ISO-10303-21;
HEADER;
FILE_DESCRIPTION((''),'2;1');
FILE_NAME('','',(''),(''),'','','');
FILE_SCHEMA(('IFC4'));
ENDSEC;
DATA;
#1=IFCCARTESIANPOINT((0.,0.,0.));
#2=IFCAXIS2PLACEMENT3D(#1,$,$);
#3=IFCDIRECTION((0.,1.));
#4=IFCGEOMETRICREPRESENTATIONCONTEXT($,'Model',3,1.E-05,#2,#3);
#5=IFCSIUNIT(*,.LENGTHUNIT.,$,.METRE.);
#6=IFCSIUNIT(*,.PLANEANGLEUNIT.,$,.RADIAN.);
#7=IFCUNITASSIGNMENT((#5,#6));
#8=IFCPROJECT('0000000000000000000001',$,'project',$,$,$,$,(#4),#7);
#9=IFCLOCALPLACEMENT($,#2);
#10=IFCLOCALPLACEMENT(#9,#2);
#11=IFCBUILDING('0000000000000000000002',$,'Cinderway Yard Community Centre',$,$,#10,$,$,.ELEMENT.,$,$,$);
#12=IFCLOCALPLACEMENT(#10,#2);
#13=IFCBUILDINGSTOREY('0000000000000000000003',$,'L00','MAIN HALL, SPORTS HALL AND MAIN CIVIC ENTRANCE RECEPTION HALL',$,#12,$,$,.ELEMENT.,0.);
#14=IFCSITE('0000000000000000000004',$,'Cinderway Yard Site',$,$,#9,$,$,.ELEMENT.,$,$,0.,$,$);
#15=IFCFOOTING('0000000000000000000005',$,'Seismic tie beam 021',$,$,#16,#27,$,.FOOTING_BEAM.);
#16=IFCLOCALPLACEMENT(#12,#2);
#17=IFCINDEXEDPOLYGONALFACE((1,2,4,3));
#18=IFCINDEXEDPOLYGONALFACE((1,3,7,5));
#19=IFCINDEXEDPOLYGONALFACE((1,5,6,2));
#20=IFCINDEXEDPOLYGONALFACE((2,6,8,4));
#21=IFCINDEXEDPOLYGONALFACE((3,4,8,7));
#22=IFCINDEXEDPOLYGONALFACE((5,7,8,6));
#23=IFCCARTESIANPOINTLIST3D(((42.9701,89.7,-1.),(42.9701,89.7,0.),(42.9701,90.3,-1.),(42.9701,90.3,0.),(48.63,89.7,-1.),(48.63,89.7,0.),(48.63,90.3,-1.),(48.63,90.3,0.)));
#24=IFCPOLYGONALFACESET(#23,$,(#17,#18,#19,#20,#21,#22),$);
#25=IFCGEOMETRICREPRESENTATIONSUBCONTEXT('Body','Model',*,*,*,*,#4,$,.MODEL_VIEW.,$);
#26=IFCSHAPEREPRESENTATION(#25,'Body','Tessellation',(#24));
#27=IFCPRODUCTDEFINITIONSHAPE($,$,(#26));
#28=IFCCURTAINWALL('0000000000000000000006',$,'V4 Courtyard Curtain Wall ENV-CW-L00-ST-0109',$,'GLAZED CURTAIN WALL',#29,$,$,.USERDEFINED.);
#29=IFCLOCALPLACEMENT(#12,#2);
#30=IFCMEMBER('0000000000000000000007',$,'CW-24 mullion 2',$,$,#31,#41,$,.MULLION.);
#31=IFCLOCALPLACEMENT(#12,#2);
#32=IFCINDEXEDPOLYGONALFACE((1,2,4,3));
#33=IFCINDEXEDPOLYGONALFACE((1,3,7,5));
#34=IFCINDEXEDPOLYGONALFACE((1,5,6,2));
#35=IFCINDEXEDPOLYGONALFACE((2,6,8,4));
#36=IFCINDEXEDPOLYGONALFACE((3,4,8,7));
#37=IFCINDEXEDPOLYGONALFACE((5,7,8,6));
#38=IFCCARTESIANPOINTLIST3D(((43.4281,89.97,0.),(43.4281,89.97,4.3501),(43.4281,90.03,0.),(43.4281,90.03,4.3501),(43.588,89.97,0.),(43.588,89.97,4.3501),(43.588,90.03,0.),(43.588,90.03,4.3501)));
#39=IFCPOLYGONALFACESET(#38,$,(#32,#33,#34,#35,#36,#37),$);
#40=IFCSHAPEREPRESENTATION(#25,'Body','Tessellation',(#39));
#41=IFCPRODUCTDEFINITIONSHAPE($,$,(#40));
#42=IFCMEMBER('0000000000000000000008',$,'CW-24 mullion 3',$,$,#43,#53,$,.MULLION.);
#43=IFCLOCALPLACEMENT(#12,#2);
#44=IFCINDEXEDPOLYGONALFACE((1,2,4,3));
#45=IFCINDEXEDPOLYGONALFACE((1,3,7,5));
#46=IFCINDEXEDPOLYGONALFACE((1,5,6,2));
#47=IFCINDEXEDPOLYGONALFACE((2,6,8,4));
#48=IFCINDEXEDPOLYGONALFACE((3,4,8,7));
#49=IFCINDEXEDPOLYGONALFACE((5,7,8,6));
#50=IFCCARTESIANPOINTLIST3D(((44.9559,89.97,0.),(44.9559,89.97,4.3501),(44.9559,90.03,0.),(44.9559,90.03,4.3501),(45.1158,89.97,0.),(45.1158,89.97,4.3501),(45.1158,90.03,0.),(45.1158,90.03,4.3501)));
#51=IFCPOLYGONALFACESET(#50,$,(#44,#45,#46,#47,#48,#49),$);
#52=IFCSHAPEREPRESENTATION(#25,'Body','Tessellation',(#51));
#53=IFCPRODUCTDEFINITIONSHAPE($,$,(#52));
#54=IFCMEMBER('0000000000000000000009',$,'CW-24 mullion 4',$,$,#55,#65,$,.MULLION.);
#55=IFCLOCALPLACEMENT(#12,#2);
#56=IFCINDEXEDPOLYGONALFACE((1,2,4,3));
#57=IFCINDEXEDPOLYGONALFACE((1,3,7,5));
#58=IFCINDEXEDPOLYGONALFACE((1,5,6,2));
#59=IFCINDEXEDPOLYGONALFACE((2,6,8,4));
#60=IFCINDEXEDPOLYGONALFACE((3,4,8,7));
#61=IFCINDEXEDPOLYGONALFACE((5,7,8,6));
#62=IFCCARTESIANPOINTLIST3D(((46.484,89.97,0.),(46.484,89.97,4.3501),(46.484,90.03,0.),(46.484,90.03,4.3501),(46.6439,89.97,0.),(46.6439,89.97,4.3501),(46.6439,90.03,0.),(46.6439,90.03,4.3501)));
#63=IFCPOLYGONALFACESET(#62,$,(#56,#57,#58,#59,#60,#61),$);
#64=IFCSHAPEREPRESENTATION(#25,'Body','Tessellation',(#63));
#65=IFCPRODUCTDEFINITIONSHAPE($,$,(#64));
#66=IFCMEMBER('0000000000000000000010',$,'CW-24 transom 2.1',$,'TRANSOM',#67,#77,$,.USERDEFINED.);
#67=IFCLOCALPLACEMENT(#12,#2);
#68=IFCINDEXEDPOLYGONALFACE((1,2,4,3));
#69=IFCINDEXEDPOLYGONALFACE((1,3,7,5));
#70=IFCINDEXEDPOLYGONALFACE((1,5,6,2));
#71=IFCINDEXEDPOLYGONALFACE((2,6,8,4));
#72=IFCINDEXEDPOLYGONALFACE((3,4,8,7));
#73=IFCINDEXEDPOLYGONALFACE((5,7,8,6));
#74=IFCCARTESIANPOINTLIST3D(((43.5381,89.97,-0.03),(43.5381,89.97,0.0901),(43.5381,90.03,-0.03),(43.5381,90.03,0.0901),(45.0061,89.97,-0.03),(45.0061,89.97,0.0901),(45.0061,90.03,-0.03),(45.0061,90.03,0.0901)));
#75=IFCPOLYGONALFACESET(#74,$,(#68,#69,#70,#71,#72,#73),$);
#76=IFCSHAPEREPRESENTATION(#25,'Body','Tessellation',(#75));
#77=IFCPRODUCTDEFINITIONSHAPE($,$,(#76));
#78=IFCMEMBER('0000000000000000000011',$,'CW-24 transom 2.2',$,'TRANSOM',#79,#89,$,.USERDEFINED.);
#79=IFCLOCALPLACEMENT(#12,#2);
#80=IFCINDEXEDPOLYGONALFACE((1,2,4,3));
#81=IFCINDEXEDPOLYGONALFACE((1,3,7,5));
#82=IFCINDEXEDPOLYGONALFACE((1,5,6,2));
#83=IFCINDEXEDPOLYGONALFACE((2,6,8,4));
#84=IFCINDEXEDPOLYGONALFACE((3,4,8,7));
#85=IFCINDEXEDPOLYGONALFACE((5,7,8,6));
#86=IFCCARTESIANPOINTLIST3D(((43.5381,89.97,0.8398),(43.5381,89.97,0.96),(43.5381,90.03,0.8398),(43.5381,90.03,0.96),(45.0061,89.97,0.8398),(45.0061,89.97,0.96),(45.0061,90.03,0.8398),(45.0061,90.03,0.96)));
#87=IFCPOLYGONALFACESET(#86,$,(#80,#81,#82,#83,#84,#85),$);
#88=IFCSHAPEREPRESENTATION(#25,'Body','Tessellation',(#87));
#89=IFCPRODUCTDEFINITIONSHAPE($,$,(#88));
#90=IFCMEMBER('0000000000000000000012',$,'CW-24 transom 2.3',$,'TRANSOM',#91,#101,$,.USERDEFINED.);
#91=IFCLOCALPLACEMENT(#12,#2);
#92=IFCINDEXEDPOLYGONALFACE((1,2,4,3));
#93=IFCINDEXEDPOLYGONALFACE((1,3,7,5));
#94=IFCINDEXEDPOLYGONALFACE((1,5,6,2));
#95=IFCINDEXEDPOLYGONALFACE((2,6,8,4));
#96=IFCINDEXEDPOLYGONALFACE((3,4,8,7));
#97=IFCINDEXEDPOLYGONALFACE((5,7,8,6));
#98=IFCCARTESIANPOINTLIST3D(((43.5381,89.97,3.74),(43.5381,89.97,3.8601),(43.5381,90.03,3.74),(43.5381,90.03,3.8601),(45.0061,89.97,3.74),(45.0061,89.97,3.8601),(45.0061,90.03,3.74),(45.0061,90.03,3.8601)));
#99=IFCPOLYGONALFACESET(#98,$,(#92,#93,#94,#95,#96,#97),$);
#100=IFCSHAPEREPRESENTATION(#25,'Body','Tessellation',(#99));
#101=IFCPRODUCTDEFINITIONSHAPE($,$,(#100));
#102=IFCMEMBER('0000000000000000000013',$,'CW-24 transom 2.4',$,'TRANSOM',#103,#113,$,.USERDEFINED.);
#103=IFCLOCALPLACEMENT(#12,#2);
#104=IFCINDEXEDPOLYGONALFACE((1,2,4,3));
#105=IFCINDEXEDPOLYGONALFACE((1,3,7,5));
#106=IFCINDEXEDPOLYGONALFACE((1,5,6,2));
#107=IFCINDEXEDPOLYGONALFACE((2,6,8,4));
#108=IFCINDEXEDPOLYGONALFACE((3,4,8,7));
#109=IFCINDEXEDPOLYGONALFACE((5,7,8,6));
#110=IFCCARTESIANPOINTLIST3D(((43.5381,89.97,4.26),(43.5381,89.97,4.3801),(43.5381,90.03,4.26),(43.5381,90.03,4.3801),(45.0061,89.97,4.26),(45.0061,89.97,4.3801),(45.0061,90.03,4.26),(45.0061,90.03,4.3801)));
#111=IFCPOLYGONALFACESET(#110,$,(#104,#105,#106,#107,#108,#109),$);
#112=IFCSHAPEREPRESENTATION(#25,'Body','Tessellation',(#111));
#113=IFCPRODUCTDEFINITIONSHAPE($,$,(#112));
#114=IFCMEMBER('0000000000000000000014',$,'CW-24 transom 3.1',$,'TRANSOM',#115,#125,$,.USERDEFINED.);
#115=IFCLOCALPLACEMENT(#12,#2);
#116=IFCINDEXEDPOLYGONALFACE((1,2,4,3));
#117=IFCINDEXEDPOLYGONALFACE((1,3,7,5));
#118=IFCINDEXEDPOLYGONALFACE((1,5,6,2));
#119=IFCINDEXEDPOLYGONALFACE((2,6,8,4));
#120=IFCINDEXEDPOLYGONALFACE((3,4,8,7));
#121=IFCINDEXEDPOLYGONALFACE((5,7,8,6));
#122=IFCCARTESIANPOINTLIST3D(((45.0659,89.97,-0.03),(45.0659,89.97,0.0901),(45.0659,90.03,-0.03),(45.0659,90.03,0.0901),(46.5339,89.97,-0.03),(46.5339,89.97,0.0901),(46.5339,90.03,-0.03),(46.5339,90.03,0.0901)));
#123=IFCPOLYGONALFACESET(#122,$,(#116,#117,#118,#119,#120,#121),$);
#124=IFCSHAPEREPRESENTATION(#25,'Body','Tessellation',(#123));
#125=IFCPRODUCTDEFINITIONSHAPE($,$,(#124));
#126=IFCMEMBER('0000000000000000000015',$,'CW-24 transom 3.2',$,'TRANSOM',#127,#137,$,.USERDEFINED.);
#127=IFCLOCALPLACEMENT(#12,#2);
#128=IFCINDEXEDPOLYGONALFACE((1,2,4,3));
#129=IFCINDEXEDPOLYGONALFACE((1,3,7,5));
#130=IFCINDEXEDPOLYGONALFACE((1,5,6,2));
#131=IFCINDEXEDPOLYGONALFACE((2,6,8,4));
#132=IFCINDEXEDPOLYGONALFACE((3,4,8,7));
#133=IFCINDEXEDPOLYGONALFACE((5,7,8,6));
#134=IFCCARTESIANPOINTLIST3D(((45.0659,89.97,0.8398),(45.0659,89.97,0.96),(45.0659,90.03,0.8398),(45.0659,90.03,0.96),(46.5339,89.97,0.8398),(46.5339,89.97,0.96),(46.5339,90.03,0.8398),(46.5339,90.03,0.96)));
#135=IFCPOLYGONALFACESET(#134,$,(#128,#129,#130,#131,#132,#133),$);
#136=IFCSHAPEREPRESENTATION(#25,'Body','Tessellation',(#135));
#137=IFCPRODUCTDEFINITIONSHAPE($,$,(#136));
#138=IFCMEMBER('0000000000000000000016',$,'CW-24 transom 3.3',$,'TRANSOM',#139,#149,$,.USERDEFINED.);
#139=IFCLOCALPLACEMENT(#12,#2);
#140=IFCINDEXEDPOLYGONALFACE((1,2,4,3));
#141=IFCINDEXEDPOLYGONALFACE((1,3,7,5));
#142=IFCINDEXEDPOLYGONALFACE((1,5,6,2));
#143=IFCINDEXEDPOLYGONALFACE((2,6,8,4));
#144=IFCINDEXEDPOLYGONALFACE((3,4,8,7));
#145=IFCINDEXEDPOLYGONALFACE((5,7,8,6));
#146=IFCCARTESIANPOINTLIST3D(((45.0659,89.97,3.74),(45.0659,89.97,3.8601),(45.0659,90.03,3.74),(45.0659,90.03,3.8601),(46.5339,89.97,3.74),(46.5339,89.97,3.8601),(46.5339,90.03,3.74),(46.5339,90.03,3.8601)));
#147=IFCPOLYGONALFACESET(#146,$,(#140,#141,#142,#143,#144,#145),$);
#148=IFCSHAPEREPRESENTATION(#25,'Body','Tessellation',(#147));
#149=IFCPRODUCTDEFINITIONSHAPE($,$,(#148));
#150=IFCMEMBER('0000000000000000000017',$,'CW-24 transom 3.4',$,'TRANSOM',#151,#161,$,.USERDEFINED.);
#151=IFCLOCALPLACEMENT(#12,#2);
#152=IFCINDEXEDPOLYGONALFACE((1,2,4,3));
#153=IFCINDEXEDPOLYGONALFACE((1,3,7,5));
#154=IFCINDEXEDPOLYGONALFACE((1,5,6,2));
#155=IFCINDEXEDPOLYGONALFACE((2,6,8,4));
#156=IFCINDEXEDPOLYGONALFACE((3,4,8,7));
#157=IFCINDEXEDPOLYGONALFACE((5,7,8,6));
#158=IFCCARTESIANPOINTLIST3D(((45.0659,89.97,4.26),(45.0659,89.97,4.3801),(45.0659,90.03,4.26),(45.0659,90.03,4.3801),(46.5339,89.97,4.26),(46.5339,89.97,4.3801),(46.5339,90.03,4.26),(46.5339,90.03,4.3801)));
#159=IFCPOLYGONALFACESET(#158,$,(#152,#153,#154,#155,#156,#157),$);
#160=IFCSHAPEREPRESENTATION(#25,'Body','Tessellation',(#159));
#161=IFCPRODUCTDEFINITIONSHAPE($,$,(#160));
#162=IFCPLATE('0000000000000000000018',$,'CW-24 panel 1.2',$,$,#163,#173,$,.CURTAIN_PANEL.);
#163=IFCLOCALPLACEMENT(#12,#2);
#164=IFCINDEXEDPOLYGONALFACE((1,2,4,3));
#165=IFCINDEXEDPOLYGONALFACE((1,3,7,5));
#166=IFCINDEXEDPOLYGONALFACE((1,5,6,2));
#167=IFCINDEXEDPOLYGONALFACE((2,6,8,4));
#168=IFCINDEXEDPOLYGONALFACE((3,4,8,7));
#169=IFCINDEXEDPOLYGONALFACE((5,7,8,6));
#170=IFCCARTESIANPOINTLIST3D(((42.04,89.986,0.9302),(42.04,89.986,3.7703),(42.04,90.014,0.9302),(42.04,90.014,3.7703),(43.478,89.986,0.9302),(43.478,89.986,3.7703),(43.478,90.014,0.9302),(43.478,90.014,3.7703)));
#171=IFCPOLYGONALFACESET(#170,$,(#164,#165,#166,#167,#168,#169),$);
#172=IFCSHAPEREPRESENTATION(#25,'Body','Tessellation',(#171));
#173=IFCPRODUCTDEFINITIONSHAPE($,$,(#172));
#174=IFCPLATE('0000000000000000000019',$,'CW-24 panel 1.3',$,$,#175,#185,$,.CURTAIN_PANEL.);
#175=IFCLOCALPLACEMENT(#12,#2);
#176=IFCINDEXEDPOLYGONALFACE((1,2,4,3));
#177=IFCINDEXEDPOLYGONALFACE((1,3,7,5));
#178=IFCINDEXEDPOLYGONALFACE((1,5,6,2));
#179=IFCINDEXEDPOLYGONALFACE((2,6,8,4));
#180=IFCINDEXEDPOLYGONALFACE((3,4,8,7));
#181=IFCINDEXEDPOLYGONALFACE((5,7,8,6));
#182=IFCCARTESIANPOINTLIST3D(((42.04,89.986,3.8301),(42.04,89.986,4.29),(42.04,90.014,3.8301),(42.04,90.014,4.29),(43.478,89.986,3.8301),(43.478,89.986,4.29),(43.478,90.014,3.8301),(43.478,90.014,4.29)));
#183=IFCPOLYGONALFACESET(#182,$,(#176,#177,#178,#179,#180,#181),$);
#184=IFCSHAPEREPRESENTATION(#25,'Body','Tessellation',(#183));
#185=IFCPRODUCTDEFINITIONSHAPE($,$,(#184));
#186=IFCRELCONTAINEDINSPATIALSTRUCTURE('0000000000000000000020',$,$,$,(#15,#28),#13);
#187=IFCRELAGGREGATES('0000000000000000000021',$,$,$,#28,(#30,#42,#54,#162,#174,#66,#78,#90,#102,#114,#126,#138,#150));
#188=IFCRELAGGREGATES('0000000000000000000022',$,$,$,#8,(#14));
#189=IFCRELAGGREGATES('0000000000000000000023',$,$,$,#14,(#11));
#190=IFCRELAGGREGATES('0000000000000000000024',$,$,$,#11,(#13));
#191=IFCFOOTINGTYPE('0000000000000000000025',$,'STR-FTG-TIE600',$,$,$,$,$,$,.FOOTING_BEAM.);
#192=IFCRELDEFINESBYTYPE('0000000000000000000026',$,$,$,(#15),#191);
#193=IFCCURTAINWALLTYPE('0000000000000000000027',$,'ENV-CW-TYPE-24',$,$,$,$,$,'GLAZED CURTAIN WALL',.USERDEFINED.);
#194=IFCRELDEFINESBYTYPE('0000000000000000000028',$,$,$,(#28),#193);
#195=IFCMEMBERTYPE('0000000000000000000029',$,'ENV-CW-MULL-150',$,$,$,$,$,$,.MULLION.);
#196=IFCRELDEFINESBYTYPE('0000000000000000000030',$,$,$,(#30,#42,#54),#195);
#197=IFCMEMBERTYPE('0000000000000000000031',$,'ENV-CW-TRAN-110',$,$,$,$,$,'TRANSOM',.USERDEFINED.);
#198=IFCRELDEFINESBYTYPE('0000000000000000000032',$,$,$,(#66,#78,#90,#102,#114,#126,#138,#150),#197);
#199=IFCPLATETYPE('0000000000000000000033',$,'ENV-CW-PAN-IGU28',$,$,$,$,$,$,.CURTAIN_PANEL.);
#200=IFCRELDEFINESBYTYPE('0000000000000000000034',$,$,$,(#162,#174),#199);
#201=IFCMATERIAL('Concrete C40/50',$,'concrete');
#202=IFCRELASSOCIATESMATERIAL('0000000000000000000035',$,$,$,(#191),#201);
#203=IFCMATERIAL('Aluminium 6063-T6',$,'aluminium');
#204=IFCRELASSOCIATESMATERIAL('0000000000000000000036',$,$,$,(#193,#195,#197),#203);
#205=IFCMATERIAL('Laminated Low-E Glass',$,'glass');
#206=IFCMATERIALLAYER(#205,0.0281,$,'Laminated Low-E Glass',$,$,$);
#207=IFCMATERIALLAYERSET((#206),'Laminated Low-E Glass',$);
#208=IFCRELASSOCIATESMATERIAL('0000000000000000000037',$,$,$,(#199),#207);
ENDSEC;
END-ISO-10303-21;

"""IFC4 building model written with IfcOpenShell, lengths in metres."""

from ifc_helpers import new_model, si_unit, direction, frame, origin, origin_2d, place, context, subcontext, project, spatial, rectangle, extrude, material, layer, layer_set, material_profile, profile_set, type_object, element, aggregate, save


model = new_model("IFC4")

# Units and contexts
model_context = context("Model", 3, precision=1e-05, world=origin(), true_north=direction((0.0, 1.0)))
body_context = subcontext(model_context, "Body", "Model", "MODEL_VIEW")
ifc_project = project(units=[si_unit("LENGTHUNIT", "METRE"), si_unit("PLANEANGLEUNIT", "RADIAN")], contexts=[model_context])

# Site, building, storey
site_placement = place(None, origin())
site = spatial("IfcSite", under=ifc_project, at=site_placement, Name="Cinderway Yard Site", CompositionType="ELEMENT", RefElevation=0.0)
building_placement = place(site_placement, origin())
building = spatial("IfcBuilding", under=site, at=building_placement, Name="Cinderway Yard Community Centre", CompositionType="ELEMENT")
storey_placement = place(building_placement, origin())
storey = spatial("IfcBuildingStorey", under=building, at=storey_placement, Name="L00", Description="MAIN HALL, SPORTS HALL AND MAIN CIVIC ENTRANCE RECEPTION HALL", CompositionType="ELEMENT", Elevation=0.0)

# Footing
ifc_material_1 = material(Name="Concrete C40/50", Category="concrete")
footing_type = type_object("IfcFootingType", Name="STR-FTG-TIE600", PredefinedType="FOOTING_BEAM", material=ifc_material_1)
footing_placement = place(storey_placement, frame((45.8, 90.0, -1.0), z_axis=(0.0, 0.0, 1.0), x_axis=(1.0, 0.0, 0.0)))
element("IfcFooting", 1, at=footing_placement, inside=storey, type_object=footing_type, Name="Seismic tie beam 021", PredefinedType="FOOTING_BEAM", context=body_context, shape_type="SweptSolid", body=[
    extrude(rectangle(XDim=5.6599, YDim=0.6001, at=origin_2d()), origin(), (0.0, 0.0, 1.0), 1.0),
])

# Curtain wall, members, plates
ifc_material_2 = material(Name="Aluminium 6063-T6", Category="aluminium")
curtain_wall_type = type_object("IfcCurtainWallType", Name="ENV-CW-TYPE-24", ElementType="GLAZED CURTAIN WALL", PredefinedType="USERDEFINED", material=ifc_material_2)
curtain_wall_placement = place(storey_placement, origin())
curtain_wall = element("IfcCurtainWall", 2, at=curtain_wall_placement, inside=storey, type_object=curtain_wall_type, Name="V4 Courtyard Curtain Wall ENV-CW-L00-ST-0109", ObjectType="GLAZED CURTAIN WALL", PredefinedType="USERDEFINED")
ifc_material_profile_1 = material_profile(ifc_material_2, rectangle(XDim=0.0601, YDim=0.1599, at=origin_2d()), Name="Aluminium 6063-T6")
ifc_profile_set_1 = profile_set([ifc_material_profile_1], Name="Aluminium 6063-T6")
member_type_1 = type_object("IfcMemberType", Name="ENV-CW-MULL-150", PredefinedType="MULLION", material=ifc_profile_set_1)
member_1_placement = place(storey_placement, frame((43.5081, 90.0, 0.0), z_axis=(0.0, 0.0, 1.0), x_axis=(0.0, 1.0, 0.0)))
member_1 = element("IfcMember", 3, at=member_1_placement, type_object=member_type_1, Name="CW-24 mullion 2", PredefinedType="MULLION", context=body_context, shape_type="SweptSolid", body=[
    extrude(rectangle(XDim=0.0601, YDim=0.1599, at=origin_2d()), origin(), (0.0, 0.0, 1.0), 4.3501),
])
member_2_placement = place(storey_placement, frame((45.0359, 90.0, 0.0), z_axis=(0.0, 0.0, 1.0), x_axis=(0.0, 1.0, 0.0)))
member_2 = element("IfcMember", 4, at=member_2_placement, type_object=member_type_1, Name="CW-24 mullion 3", PredefinedType="MULLION", context=body_context, shape_type="SweptSolid", body=[
    extrude(rectangle(XDim=0.0601, YDim=0.1599, at=origin_2d()), origin(), (0.0, 0.0, 1.0), 4.3501),
])
member_3_placement = place(storey_placement, frame((46.564, 90.0, 0.0), z_axis=(0.0, 0.0, 1.0), x_axis=(0.0, 1.0, 0.0)))
member_3 = element("IfcMember", 5, at=member_3_placement, type_object=member_type_1, Name="CW-24 mullion 4", PredefinedType="MULLION", context=body_context, shape_type="SweptSolid", body=[
    extrude(rectangle(XDim=0.0601, YDim=0.1599, at=origin_2d()), origin(), (0.0, 0.0, 1.0), 4.3501),
])
ifc_material_profile_2 = material_profile(ifc_material_2, rectangle(XDim=0.0601, YDim=0.1201, at=origin_2d()), Name="Aluminium 6063-T6")
ifc_profile_set_2 = profile_set([ifc_material_profile_2], Name="Aluminium 6063-T6")
member_type_2 = type_object("IfcMemberType", Name="ENV-CW-TRAN-110", ElementType="TRANSOM", PredefinedType="USERDEFINED", material=ifc_profile_set_2)
member_4_placement = place(storey_placement, frame((43.5381, 90.0, 0.03), z_axis=(1.0, 0.0, 0.0), x_axis=(0.0, 1.0, 0.0)))
member_4 = element("IfcMember", 6, at=member_4_placement, type_object=member_type_2, Name="CW-24 transom 2.1", ObjectType="TRANSOM", PredefinedType="USERDEFINED", context=body_context, shape_type="SweptSolid", body=[
    extrude(rectangle(XDim=0.0601, YDim=0.1201, at=origin_2d()), origin(), (0.0, 0.0, 1.0), 1.468),
])
member_5_placement = place(storey_placement, frame((43.5381, 90.0, 0.8999), z_axis=(1.0, 0.0, 0.0), x_axis=(0.0, 1.0, 0.0)))
member_5 = element("IfcMember", 7, at=member_5_placement, type_object=member_type_2, Name="CW-24 transom 2.2", ObjectType="TRANSOM", PredefinedType="USERDEFINED", context=body_context, shape_type="SweptSolid", body=[
    extrude(rectangle(XDim=0.0601, YDim=0.1201, at=origin_2d()), origin(), (0.0, 0.0, 1.0), 1.468),
])
member_6_placement = place(storey_placement, frame((43.5381, 90.0, 3.8), z_axis=(1.0, 0.0, 0.0), x_axis=(0.0, 1.0, 0.0)))
member_6 = element("IfcMember", 8, at=member_6_placement, type_object=member_type_2, Name="CW-24 transom 2.3", ObjectType="TRANSOM", PredefinedType="USERDEFINED", context=body_context, shape_type="SweptSolid", body=[
    extrude(rectangle(XDim=0.0601, YDim=0.1201, at=origin_2d()), origin(), (0.0, 0.0, 1.0), 1.468),
])
member_7_placement = place(storey_placement, frame((43.5381, 90.0, 4.3201), z_axis=(1.0, 0.0, 0.0), x_axis=(0.0, 1.0, 0.0)))
member_7 = element("IfcMember", 9, at=member_7_placement, type_object=member_type_2, Name="CW-24 transom 2.4", ObjectType="TRANSOM", PredefinedType="USERDEFINED", context=body_context, shape_type="SweptSolid", body=[
    extrude(rectangle(XDim=0.0601, YDim=0.1201, at=origin_2d()), origin(), (0.0, 0.0, 1.0), 1.468),
])
member_8_placement = place(storey_placement, frame((45.0659, 90.0, 0.03), z_axis=(1.0, 0.0, 0.0), x_axis=(0.0, 1.0, 0.0)))
member_8 = element("IfcMember", 10, at=member_8_placement, type_object=member_type_2, Name="CW-24 transom 3.1", ObjectType="TRANSOM", PredefinedType="USERDEFINED", context=body_context, shape_type="SweptSolid", body=[
    extrude(rectangle(XDim=0.0601, YDim=0.1201, at=origin_2d()), origin(), (0.0, 0.0, 1.0), 1.468),
])
member_9_placement = place(storey_placement, frame((45.0659, 90.0, 0.8999), z_axis=(1.0, 0.0, 0.0), x_axis=(0.0, 1.0, 0.0)))
member_9 = element("IfcMember", 11, at=member_9_placement, type_object=member_type_2, Name="CW-24 transom 3.2", ObjectType="TRANSOM", PredefinedType="USERDEFINED", context=body_context, shape_type="SweptSolid", body=[
    extrude(rectangle(XDim=0.0601, YDim=0.1201, at=origin_2d()), origin(), (0.0, 0.0, 1.0), 1.468),
])
member_10_placement = place(storey_placement, frame((45.0659, 90.0, 3.8), z_axis=(1.0, 0.0, 0.0), x_axis=(0.0, 1.0, 0.0)))
member_10 = element("IfcMember", 12, at=member_10_placement, type_object=member_type_2, Name="CW-24 transom 3.3", ObjectType="TRANSOM", PredefinedType="USERDEFINED", context=body_context, shape_type="SweptSolid", body=[
    extrude(rectangle(XDim=0.0601, YDim=0.1201, at=origin_2d()), origin(), (0.0, 0.0, 1.0), 1.468),
])
member_11_placement = place(storey_placement, frame((45.0659, 90.0, 4.3201), z_axis=(1.0, 0.0, 0.0), x_axis=(0.0, 1.0, 0.0)))
member_11 = element("IfcMember", 13, at=member_11_placement, type_object=member_type_2, Name="CW-24 transom 3.4", ObjectType="TRANSOM", PredefinedType="USERDEFINED", context=body_context, shape_type="SweptSolid", body=[
    extrude(rectangle(XDim=0.0601, YDim=0.1201, at=origin_2d()), origin(), (0.0, 0.0, 1.0), 1.468),
])
ifc_material_3 = material(Name="Laminated Low-E Glass", Category="glass")
ifc_layer = layer(ifc_material_3, 0.0281, Name="Laminated Low-E Glass")
ifc_layer_set = layer_set([ifc_layer], Name="Laminated Low-E Glass")
plate_type = type_object("IfcPlateType", Name="ENV-CW-PAN-IGU28", PredefinedType="CURTAIN_PANEL", material=ifc_layer_set)
plate_1_placement = place(storey_placement, frame((42.759, 90.0, 0.9302), z_axis=(0.0, 0.0, 1.0), x_axis=(1.0, 0.0, 0.0)))
plate_1 = element("IfcPlate", 14, at=plate_1_placement, type_object=plate_type, Name="CW-24 panel 1.2", PredefinedType="CURTAIN_PANEL", context=body_context, shape_type="SweptSolid", body=[
    extrude(rectangle(XDim=1.438, YDim=0.0281, at=origin_2d()), origin(), (0.0, 0.0, 1.0), 2.8401),
])
plate_2_placement = place(storey_placement, frame((42.759, 90.0, 3.8301), z_axis=(0.0, 0.0, 1.0), x_axis=(1.0, 0.0, 0.0)))
plate_2 = element("IfcPlate", 15, at=plate_2_placement, type_object=plate_type, Name="CW-24 panel 1.3", PredefinedType="CURTAIN_PANEL", context=body_context, shape_type="SweptSolid", body=[
    extrude(rectangle(XDim=1.438, YDim=0.0281, at=origin_2d()), origin(), (0.0, 0.0, 1.0), 0.46),
])
aggregate(curtain_wall, [member_1, member_2, member_3, plate_1, plate_2, member_4, member_5, member_6, member_7, member_8, member_9, member_10, member_11])

save(model, "model.ifc")
